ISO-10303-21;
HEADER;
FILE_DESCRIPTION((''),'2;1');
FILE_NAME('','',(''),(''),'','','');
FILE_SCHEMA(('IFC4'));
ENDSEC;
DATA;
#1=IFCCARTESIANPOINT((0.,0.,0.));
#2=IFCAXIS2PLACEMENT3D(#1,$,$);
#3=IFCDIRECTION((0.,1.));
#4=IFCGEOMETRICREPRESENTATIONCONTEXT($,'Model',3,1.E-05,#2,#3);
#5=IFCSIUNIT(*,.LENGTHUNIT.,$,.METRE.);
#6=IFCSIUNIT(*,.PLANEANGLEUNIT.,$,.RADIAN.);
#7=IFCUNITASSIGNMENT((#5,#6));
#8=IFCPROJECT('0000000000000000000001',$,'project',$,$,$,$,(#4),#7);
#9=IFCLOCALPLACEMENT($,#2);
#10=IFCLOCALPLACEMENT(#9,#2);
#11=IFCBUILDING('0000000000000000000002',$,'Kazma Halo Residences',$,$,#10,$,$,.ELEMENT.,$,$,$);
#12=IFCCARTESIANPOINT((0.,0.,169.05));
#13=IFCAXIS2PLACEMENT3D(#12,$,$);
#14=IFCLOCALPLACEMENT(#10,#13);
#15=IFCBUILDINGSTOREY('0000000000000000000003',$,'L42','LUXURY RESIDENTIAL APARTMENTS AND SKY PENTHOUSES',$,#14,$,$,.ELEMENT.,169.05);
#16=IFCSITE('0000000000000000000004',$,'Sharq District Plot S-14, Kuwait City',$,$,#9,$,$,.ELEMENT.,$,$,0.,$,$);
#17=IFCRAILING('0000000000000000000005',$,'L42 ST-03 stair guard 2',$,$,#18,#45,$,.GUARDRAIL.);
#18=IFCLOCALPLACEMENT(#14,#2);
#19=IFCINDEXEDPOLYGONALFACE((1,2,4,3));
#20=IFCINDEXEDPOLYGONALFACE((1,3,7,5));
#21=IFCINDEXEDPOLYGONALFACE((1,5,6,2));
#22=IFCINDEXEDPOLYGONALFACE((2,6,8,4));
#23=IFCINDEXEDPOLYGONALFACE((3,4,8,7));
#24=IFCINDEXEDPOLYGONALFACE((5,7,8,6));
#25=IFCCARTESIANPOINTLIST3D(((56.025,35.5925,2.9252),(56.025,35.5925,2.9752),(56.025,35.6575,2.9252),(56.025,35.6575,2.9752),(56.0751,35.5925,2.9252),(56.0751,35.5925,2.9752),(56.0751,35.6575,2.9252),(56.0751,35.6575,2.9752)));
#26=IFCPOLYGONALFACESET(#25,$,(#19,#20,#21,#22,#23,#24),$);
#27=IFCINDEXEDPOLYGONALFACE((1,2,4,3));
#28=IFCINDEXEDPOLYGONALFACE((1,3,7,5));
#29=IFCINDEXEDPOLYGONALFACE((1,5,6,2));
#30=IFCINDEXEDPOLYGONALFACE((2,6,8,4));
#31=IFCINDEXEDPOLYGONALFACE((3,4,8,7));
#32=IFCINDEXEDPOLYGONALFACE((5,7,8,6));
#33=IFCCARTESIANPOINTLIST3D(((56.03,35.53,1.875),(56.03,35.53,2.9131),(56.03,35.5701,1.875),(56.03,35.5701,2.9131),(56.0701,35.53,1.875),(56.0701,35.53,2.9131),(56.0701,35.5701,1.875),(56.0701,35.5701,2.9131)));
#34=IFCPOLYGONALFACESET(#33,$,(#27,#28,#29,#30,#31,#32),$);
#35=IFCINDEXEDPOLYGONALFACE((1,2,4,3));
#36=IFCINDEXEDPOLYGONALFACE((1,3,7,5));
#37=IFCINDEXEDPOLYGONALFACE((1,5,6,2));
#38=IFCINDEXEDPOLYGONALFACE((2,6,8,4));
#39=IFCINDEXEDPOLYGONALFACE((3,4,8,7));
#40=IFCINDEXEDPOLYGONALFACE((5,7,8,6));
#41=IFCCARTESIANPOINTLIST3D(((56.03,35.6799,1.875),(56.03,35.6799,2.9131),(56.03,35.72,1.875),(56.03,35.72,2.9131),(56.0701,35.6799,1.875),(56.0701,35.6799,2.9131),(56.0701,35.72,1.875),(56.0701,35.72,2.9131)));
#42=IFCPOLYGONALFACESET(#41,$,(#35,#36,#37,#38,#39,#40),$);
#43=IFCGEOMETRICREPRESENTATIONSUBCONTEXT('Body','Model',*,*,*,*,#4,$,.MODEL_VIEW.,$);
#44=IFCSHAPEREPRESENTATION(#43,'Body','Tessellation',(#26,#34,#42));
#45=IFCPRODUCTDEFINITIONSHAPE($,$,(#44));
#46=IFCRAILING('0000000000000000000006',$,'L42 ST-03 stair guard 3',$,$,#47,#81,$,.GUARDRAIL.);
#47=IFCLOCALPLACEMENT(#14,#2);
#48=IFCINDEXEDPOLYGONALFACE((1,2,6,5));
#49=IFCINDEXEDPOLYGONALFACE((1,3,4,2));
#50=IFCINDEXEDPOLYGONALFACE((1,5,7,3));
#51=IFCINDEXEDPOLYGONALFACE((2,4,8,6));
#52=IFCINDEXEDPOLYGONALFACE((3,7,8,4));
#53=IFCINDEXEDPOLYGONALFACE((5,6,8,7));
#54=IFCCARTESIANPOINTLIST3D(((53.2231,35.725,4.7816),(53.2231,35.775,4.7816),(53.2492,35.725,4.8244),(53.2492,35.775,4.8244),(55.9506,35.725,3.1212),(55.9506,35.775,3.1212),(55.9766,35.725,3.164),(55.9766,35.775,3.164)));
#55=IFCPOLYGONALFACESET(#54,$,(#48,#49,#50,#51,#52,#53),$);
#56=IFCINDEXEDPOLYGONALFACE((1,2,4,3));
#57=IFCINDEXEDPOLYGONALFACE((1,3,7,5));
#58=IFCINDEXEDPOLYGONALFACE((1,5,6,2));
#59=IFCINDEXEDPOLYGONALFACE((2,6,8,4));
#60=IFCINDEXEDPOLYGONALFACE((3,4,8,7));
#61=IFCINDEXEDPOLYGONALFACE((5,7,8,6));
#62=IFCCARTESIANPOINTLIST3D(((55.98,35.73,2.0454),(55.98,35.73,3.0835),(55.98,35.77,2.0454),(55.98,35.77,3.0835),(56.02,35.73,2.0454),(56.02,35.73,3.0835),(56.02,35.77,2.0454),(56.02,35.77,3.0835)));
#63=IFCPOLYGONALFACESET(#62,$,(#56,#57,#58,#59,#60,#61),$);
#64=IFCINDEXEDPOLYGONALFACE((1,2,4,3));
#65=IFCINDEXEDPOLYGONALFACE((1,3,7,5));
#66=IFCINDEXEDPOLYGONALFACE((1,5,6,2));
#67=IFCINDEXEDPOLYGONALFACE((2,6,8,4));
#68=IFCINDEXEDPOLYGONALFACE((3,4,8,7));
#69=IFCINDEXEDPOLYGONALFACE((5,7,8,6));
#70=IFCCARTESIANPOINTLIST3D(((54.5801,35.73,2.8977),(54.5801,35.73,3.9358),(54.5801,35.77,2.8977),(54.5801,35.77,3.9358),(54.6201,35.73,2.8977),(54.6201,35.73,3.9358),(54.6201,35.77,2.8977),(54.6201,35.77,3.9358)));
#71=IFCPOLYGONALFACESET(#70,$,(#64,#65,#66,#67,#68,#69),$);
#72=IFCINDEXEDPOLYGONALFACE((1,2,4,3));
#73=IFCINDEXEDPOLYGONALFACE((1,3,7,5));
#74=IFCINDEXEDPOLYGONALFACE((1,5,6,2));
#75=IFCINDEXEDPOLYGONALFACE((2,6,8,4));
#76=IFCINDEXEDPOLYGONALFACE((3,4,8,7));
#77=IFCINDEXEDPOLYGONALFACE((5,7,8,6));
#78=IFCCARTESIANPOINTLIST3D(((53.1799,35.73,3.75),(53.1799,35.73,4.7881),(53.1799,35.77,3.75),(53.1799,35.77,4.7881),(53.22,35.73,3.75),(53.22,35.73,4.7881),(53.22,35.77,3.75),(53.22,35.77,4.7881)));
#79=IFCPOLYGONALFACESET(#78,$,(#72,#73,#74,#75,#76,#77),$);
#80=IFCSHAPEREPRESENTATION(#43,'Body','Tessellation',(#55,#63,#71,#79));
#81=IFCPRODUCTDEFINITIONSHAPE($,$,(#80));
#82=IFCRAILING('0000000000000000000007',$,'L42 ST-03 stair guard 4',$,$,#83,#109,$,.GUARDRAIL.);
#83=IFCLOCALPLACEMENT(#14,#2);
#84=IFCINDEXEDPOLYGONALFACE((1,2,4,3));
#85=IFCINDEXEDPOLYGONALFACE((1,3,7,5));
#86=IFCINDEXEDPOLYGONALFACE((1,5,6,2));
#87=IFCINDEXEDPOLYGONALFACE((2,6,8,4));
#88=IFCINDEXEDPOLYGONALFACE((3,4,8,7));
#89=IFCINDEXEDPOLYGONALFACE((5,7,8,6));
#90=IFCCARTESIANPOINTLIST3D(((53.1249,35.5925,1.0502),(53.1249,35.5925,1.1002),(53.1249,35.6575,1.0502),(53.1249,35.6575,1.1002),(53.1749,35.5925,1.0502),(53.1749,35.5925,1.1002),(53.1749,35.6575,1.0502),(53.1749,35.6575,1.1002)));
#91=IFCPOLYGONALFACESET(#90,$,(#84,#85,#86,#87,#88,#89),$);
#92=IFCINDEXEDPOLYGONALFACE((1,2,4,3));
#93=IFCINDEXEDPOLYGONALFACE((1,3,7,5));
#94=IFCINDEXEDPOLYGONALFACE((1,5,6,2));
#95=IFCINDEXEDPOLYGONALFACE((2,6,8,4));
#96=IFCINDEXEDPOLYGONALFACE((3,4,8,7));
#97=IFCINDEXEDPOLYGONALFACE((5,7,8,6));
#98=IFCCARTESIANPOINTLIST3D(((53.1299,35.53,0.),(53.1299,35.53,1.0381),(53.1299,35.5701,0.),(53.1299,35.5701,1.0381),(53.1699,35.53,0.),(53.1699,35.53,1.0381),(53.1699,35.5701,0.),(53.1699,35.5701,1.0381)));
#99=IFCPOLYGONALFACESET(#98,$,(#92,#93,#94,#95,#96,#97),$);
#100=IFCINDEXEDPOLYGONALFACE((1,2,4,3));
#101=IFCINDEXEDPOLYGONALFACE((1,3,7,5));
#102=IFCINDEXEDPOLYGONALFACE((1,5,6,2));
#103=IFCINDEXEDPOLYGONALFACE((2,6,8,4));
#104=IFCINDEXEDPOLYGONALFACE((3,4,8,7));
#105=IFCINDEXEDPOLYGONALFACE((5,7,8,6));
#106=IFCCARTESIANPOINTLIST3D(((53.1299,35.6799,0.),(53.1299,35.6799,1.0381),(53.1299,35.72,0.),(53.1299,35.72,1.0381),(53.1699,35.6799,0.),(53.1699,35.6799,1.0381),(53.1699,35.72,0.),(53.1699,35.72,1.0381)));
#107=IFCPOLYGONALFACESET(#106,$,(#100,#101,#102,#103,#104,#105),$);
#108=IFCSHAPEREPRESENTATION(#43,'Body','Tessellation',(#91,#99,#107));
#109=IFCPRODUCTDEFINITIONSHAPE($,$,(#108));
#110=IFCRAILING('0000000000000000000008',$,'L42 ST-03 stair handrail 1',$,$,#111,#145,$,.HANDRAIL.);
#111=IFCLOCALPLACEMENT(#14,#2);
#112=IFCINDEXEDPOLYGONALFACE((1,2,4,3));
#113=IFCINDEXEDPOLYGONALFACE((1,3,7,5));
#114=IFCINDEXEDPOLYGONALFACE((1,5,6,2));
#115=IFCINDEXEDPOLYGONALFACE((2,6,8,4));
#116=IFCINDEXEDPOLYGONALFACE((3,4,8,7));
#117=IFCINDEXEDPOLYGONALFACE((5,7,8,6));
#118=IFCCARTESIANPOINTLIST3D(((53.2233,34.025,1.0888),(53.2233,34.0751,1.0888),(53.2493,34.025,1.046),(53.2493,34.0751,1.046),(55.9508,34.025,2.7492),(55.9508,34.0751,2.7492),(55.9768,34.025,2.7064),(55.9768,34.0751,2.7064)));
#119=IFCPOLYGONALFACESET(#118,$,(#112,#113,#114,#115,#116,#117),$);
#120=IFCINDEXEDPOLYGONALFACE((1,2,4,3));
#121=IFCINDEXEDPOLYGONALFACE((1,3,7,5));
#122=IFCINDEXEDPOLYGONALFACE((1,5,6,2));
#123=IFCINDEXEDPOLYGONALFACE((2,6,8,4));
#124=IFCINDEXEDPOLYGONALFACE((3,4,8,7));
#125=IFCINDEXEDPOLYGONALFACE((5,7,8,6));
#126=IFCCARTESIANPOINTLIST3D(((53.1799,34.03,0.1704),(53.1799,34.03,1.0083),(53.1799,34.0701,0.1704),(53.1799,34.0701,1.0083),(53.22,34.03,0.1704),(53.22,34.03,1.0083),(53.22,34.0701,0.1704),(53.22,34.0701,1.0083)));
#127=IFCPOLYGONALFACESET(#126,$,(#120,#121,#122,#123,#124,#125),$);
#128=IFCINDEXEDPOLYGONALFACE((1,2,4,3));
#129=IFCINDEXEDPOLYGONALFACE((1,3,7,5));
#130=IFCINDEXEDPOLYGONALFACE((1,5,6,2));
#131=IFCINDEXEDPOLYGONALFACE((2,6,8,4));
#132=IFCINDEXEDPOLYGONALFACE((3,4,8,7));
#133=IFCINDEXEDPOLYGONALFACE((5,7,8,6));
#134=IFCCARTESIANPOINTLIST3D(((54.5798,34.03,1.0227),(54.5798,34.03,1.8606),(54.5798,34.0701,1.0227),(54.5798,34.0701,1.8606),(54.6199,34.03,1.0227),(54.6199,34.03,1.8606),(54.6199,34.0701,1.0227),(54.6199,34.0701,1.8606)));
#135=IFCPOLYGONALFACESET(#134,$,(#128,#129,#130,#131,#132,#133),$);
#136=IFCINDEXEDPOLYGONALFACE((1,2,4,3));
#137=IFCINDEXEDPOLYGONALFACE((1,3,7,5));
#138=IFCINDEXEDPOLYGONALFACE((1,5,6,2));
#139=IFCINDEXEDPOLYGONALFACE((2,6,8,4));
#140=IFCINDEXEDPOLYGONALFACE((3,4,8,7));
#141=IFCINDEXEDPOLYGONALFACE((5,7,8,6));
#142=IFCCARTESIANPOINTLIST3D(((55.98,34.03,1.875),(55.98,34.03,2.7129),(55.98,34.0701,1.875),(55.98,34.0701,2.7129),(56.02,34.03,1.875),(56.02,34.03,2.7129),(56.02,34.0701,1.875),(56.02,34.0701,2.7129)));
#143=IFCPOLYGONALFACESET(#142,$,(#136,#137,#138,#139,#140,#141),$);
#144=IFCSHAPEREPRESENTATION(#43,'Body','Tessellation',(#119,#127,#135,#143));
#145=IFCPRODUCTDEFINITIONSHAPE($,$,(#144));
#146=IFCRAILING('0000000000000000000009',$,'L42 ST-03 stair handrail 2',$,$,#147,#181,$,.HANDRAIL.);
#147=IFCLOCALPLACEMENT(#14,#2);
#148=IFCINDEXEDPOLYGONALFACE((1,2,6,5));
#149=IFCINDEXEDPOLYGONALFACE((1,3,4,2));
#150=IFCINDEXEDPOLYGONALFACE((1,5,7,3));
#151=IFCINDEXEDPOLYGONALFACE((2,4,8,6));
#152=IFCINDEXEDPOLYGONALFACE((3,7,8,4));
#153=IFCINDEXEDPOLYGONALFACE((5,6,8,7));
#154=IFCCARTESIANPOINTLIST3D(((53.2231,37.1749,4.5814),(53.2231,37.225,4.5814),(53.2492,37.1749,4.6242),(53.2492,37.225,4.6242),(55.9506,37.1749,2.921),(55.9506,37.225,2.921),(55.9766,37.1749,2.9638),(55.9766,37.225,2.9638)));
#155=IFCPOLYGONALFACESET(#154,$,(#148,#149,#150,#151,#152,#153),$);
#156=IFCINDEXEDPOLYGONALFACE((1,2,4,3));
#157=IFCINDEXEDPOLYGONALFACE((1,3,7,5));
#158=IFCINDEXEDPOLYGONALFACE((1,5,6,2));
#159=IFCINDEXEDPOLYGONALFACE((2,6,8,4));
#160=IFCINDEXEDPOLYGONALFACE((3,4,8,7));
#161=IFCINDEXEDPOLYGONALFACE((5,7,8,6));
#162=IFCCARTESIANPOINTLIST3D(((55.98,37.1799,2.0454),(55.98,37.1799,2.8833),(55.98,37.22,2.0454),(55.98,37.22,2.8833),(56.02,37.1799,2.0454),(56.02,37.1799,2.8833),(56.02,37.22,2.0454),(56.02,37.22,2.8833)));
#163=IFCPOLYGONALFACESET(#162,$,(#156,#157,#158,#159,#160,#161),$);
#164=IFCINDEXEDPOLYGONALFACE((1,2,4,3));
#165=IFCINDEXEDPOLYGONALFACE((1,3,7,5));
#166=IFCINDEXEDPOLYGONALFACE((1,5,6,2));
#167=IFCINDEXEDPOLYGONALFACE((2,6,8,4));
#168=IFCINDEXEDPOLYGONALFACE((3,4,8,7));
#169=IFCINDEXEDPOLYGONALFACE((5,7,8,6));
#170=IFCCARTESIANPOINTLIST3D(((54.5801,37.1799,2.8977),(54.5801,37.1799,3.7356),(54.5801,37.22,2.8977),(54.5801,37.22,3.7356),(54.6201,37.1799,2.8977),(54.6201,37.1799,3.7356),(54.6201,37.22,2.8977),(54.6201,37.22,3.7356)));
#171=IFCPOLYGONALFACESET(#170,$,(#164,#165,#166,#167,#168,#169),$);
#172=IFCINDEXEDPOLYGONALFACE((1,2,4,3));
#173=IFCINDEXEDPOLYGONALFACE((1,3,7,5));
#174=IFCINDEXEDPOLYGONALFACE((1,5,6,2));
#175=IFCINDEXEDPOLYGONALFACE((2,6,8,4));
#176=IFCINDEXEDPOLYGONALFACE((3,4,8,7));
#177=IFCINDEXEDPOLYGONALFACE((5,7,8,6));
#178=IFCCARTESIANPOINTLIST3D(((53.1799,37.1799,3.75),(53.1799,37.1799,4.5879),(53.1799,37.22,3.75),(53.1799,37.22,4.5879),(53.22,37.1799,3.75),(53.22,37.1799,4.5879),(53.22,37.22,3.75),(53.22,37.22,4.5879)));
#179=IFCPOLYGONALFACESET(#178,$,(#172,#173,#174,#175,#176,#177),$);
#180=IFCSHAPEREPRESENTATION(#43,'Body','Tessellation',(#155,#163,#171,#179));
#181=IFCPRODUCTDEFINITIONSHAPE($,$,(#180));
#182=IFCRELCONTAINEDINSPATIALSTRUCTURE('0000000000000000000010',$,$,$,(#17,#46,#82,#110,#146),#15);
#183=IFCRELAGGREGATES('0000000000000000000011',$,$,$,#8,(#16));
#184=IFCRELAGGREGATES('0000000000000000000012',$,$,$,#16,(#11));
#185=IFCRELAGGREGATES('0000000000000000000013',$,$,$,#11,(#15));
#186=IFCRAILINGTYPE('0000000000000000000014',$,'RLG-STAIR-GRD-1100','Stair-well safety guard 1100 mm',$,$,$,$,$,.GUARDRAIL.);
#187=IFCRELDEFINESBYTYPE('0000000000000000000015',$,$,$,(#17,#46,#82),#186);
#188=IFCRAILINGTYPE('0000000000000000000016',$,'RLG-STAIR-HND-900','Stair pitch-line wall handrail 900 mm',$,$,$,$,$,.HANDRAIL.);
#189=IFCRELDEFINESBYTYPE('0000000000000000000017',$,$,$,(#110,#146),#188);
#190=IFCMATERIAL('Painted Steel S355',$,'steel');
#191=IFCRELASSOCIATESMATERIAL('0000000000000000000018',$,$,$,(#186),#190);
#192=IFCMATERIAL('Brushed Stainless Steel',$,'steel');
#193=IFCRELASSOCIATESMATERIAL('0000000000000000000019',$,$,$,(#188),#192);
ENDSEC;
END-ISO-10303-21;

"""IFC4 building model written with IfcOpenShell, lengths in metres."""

from ifc_helpers import new_model, si_unit, direction, frame, origin, origin_2d, place, context, subcontext, project, spatial, rectangle, extrude, material, type_object, element, save


model = new_model("IFC4")

# Units and contexts
model_context = context("Model", 3, precision=1e-05, world=origin(), true_north=direction((0.0, 1.0)))
body_context = subcontext(model_context, "Body", "Model", "MODEL_VIEW")
ifc_project = project(units=[si_unit("LENGTHUNIT", "METRE"), si_unit("PLANEANGLEUNIT", "RADIAN")], contexts=[model_context])

# Site, building, storey
site_placement = place(None, origin())
site = spatial("IfcSite", under=ifc_project, at=site_placement, Name="Sharq District Plot S-14, Kuwait City", CompositionType="ELEMENT", RefElevation=0.0)
building_placement = place(site_placement, origin())
building = spatial("IfcBuilding", under=site, at=building_placement, Name="Kazma Halo Residences", CompositionType="ELEMENT")
storey_placement = place(building_placement, frame((0.0, 0.0, 169.05)))
storey = spatial("IfcBuildingStorey", under=building, at=storey_placement, Name="L42", Description="LUXURY RESIDENTIAL APARTMENTS AND SKY PENTHOUSES", CompositionType="ELEMENT", Elevation=169.05)

# Railings
ifc_material_1 = material(Name="Painted Steel S355", Category="steel")
railing_type_1 = type_object("IfcRailingType", Name="RLG-STAIR-GRD-1100", Description="Stair-well safety guard 1100 mm", PredefinedType="GUARDRAIL", material=ifc_material_1)
railing_1_placement = place(storey_placement, frame((56.05, 35.55, 1.875)))
element("IfcRailing", 1, at=railing_1_placement, inside=storey, type_object=railing_type_1, Name="L42 ST-03 stair guard 2", PredefinedType="GUARDRAIL", context=body_context, shape_type="SweptSolid", body=[
    extrude(rectangle(XDim=0.05, YDim=0.05, at=origin_2d()), frame((0.0, 0.0425, 1.0752), z_axis=(0.0, 1.0, 0.0), x_axis=(-1.0, 0.0, 0.0)), (0.0, 0.0, 1.0), 0.0649),
    extrude(rectangle(XDim=0.04, YDim=0.04, at=origin_2d()), origin(), (0.0, 0.0, 1.0), 1.0381),
    extrude(rectangle(XDim=0.04, YDim=0.04, at=origin_2d()), frame((0.0, 0.1499, 0.0)), (0.0, 0.0, 1.0), 1.0381),
])
railing_2_placement = place(storey_placement, frame((56.0, 35.75, 2.0454)))
element("IfcRailing", 2, at=railing_2_placement, inside=storey, type_object=railing_type_1, Name="L42 ST-03 stair guard 3", PredefinedType="GUARDRAIL", context=body_context, shape_type="SweptSolid", body=[
    extrude(rectangle(XDim=0.05, YDim=0.05, at=origin_2d()), frame((-0.0364, 0.0, 1.0972), z_axis=(-0.85417, 0.0, 0.519994), x_axis=(0.0, -1.0, 0.0)), (0.0, 0.0, 1.0), 3.1931),
    extrude(rectangle(XDim=0.04, YDim=0.04, at=origin_2d()), origin(), (0.0, 0.0, 1.0), 1.0381),
    extrude(rectangle(XDim=0.04, YDim=0.04, at=origin_2d()), frame((-1.3999, 0.0, 0.8523)), (0.0, 0.0, 1.0), 1.0381),
    extrude(rectangle(XDim=0.04, YDim=0.04, at=origin_2d()), frame((-2.8, 0.0, 1.7046)), (0.0, 0.0, 1.0), 1.0381),
])
railing_3_placement = place(storey_placement, frame((53.1499, 35.55, 0.0)))
element("IfcRailing", 3, at=railing_3_placement, inside=storey, type_object=railing_type_1, Name="L42 ST-03 stair guard 4", PredefinedType="GUARDRAIL", context=body_context, shape_type="SweptSolid", body=[
    extrude(rectangle(XDim=0.05, YDim=0.05, at=origin_2d()), frame((0.0, 0.0425, 1.0752), z_axis=(0.0, 1.0, 0.0), x_axis=(-1.0, 0.0, 0.0)), (0.0, 0.0, 1.0), 0.0649),
    extrude(rectangle(XDim=0.04, YDim=0.04, at=origin_2d()), origin(), (0.0, 0.0, 1.0), 1.0381),
    extrude(rectangle(XDim=0.04, YDim=0.04, at=origin_2d()), frame((0.0, 0.1499, 0.0)), (0.0, 0.0, 1.0), 1.0381),
])
ifc_material_2 = material(Name="Brushed Stainless Steel", Category="steel")
railing_type_2 = type_object("IfcRailingType", Name="RLG-STAIR-HND-900", Description="Stair pitch-line wall handrail 900 mm", PredefinedType="HANDRAIL", material=ifc_material_2)
railing_4_placement = place(storey_placement, frame((53.2, 34.05, 0.1704)))
element("IfcRailing", 4, at=railing_4_placement, inside=storey, type_object=railing_type_2, Name="L42 ST-03 stair handrail 1", PredefinedType="HANDRAIL", context=body_context, shape_type="SweptSolid", body=[
    extrude(rectangle(XDim=0.05, YDim=0.05, at=origin_2d()), frame((0.0364, 0.0, 0.897), z_axis=(0.85417, 0.0, 0.519994), x_axis=(0.0, 1.0, 0.0)), (0.0, 0.0, 1.0), 3.1931),
    extrude(rectangle(XDim=0.04, YDim=0.04, at=origin_2d()), origin(), (0.0, 0.0, 1.0), 0.8379),
    extrude(rectangle(XDim=0.04, YDim=0.04, at=origin_2d()), frame((1.3999, 0.0, 0.8523)), (0.0, 0.0, 1.0), 0.8379),
    extrude(rectangle(XDim=0.04, YDim=0.04, at=origin_2d()), frame((2.8, 0.0, 1.7046)), (0.0, 0.0, 1.0), 0.8379),
])
railing_5_placement = place(storey_placement, frame((56.0, 37.2, 2.0454)))
element("IfcRailing", 5, at=railing_5_placement, inside=storey, type_object=railing_type_2, Name="L42 ST-03 stair handrail 2", PredefinedType="HANDRAIL", context=body_context, shape_type="SweptSolid", body=[
    extrude(rectangle(XDim=0.05, YDim=0.05, at=origin_2d()), frame((-0.0364, 0.0, 0.897), z_axis=(-0.85417, 0.0, 0.519994), x_axis=(0.0, -1.0, 0.0)), (0.0, 0.0, 1.0), 3.1931),
    extrude(rectangle(XDim=0.04, YDim=0.04, at=origin_2d()), origin(), (0.0, 0.0, 1.0), 0.8379),
    extrude(rectangle(XDim=0.04, YDim=0.04, at=origin_2d()), frame((-1.3999, 0.0, 0.8523)), (0.0, 0.0, 1.0), 0.8379),
    extrude(rectangle(XDim=0.04, YDim=0.04, at=origin_2d()), frame((-2.8, 0.0, 1.7046)), (0.0, 0.0, 1.0), 0.8379),
])

save(model, "model.ifc")
